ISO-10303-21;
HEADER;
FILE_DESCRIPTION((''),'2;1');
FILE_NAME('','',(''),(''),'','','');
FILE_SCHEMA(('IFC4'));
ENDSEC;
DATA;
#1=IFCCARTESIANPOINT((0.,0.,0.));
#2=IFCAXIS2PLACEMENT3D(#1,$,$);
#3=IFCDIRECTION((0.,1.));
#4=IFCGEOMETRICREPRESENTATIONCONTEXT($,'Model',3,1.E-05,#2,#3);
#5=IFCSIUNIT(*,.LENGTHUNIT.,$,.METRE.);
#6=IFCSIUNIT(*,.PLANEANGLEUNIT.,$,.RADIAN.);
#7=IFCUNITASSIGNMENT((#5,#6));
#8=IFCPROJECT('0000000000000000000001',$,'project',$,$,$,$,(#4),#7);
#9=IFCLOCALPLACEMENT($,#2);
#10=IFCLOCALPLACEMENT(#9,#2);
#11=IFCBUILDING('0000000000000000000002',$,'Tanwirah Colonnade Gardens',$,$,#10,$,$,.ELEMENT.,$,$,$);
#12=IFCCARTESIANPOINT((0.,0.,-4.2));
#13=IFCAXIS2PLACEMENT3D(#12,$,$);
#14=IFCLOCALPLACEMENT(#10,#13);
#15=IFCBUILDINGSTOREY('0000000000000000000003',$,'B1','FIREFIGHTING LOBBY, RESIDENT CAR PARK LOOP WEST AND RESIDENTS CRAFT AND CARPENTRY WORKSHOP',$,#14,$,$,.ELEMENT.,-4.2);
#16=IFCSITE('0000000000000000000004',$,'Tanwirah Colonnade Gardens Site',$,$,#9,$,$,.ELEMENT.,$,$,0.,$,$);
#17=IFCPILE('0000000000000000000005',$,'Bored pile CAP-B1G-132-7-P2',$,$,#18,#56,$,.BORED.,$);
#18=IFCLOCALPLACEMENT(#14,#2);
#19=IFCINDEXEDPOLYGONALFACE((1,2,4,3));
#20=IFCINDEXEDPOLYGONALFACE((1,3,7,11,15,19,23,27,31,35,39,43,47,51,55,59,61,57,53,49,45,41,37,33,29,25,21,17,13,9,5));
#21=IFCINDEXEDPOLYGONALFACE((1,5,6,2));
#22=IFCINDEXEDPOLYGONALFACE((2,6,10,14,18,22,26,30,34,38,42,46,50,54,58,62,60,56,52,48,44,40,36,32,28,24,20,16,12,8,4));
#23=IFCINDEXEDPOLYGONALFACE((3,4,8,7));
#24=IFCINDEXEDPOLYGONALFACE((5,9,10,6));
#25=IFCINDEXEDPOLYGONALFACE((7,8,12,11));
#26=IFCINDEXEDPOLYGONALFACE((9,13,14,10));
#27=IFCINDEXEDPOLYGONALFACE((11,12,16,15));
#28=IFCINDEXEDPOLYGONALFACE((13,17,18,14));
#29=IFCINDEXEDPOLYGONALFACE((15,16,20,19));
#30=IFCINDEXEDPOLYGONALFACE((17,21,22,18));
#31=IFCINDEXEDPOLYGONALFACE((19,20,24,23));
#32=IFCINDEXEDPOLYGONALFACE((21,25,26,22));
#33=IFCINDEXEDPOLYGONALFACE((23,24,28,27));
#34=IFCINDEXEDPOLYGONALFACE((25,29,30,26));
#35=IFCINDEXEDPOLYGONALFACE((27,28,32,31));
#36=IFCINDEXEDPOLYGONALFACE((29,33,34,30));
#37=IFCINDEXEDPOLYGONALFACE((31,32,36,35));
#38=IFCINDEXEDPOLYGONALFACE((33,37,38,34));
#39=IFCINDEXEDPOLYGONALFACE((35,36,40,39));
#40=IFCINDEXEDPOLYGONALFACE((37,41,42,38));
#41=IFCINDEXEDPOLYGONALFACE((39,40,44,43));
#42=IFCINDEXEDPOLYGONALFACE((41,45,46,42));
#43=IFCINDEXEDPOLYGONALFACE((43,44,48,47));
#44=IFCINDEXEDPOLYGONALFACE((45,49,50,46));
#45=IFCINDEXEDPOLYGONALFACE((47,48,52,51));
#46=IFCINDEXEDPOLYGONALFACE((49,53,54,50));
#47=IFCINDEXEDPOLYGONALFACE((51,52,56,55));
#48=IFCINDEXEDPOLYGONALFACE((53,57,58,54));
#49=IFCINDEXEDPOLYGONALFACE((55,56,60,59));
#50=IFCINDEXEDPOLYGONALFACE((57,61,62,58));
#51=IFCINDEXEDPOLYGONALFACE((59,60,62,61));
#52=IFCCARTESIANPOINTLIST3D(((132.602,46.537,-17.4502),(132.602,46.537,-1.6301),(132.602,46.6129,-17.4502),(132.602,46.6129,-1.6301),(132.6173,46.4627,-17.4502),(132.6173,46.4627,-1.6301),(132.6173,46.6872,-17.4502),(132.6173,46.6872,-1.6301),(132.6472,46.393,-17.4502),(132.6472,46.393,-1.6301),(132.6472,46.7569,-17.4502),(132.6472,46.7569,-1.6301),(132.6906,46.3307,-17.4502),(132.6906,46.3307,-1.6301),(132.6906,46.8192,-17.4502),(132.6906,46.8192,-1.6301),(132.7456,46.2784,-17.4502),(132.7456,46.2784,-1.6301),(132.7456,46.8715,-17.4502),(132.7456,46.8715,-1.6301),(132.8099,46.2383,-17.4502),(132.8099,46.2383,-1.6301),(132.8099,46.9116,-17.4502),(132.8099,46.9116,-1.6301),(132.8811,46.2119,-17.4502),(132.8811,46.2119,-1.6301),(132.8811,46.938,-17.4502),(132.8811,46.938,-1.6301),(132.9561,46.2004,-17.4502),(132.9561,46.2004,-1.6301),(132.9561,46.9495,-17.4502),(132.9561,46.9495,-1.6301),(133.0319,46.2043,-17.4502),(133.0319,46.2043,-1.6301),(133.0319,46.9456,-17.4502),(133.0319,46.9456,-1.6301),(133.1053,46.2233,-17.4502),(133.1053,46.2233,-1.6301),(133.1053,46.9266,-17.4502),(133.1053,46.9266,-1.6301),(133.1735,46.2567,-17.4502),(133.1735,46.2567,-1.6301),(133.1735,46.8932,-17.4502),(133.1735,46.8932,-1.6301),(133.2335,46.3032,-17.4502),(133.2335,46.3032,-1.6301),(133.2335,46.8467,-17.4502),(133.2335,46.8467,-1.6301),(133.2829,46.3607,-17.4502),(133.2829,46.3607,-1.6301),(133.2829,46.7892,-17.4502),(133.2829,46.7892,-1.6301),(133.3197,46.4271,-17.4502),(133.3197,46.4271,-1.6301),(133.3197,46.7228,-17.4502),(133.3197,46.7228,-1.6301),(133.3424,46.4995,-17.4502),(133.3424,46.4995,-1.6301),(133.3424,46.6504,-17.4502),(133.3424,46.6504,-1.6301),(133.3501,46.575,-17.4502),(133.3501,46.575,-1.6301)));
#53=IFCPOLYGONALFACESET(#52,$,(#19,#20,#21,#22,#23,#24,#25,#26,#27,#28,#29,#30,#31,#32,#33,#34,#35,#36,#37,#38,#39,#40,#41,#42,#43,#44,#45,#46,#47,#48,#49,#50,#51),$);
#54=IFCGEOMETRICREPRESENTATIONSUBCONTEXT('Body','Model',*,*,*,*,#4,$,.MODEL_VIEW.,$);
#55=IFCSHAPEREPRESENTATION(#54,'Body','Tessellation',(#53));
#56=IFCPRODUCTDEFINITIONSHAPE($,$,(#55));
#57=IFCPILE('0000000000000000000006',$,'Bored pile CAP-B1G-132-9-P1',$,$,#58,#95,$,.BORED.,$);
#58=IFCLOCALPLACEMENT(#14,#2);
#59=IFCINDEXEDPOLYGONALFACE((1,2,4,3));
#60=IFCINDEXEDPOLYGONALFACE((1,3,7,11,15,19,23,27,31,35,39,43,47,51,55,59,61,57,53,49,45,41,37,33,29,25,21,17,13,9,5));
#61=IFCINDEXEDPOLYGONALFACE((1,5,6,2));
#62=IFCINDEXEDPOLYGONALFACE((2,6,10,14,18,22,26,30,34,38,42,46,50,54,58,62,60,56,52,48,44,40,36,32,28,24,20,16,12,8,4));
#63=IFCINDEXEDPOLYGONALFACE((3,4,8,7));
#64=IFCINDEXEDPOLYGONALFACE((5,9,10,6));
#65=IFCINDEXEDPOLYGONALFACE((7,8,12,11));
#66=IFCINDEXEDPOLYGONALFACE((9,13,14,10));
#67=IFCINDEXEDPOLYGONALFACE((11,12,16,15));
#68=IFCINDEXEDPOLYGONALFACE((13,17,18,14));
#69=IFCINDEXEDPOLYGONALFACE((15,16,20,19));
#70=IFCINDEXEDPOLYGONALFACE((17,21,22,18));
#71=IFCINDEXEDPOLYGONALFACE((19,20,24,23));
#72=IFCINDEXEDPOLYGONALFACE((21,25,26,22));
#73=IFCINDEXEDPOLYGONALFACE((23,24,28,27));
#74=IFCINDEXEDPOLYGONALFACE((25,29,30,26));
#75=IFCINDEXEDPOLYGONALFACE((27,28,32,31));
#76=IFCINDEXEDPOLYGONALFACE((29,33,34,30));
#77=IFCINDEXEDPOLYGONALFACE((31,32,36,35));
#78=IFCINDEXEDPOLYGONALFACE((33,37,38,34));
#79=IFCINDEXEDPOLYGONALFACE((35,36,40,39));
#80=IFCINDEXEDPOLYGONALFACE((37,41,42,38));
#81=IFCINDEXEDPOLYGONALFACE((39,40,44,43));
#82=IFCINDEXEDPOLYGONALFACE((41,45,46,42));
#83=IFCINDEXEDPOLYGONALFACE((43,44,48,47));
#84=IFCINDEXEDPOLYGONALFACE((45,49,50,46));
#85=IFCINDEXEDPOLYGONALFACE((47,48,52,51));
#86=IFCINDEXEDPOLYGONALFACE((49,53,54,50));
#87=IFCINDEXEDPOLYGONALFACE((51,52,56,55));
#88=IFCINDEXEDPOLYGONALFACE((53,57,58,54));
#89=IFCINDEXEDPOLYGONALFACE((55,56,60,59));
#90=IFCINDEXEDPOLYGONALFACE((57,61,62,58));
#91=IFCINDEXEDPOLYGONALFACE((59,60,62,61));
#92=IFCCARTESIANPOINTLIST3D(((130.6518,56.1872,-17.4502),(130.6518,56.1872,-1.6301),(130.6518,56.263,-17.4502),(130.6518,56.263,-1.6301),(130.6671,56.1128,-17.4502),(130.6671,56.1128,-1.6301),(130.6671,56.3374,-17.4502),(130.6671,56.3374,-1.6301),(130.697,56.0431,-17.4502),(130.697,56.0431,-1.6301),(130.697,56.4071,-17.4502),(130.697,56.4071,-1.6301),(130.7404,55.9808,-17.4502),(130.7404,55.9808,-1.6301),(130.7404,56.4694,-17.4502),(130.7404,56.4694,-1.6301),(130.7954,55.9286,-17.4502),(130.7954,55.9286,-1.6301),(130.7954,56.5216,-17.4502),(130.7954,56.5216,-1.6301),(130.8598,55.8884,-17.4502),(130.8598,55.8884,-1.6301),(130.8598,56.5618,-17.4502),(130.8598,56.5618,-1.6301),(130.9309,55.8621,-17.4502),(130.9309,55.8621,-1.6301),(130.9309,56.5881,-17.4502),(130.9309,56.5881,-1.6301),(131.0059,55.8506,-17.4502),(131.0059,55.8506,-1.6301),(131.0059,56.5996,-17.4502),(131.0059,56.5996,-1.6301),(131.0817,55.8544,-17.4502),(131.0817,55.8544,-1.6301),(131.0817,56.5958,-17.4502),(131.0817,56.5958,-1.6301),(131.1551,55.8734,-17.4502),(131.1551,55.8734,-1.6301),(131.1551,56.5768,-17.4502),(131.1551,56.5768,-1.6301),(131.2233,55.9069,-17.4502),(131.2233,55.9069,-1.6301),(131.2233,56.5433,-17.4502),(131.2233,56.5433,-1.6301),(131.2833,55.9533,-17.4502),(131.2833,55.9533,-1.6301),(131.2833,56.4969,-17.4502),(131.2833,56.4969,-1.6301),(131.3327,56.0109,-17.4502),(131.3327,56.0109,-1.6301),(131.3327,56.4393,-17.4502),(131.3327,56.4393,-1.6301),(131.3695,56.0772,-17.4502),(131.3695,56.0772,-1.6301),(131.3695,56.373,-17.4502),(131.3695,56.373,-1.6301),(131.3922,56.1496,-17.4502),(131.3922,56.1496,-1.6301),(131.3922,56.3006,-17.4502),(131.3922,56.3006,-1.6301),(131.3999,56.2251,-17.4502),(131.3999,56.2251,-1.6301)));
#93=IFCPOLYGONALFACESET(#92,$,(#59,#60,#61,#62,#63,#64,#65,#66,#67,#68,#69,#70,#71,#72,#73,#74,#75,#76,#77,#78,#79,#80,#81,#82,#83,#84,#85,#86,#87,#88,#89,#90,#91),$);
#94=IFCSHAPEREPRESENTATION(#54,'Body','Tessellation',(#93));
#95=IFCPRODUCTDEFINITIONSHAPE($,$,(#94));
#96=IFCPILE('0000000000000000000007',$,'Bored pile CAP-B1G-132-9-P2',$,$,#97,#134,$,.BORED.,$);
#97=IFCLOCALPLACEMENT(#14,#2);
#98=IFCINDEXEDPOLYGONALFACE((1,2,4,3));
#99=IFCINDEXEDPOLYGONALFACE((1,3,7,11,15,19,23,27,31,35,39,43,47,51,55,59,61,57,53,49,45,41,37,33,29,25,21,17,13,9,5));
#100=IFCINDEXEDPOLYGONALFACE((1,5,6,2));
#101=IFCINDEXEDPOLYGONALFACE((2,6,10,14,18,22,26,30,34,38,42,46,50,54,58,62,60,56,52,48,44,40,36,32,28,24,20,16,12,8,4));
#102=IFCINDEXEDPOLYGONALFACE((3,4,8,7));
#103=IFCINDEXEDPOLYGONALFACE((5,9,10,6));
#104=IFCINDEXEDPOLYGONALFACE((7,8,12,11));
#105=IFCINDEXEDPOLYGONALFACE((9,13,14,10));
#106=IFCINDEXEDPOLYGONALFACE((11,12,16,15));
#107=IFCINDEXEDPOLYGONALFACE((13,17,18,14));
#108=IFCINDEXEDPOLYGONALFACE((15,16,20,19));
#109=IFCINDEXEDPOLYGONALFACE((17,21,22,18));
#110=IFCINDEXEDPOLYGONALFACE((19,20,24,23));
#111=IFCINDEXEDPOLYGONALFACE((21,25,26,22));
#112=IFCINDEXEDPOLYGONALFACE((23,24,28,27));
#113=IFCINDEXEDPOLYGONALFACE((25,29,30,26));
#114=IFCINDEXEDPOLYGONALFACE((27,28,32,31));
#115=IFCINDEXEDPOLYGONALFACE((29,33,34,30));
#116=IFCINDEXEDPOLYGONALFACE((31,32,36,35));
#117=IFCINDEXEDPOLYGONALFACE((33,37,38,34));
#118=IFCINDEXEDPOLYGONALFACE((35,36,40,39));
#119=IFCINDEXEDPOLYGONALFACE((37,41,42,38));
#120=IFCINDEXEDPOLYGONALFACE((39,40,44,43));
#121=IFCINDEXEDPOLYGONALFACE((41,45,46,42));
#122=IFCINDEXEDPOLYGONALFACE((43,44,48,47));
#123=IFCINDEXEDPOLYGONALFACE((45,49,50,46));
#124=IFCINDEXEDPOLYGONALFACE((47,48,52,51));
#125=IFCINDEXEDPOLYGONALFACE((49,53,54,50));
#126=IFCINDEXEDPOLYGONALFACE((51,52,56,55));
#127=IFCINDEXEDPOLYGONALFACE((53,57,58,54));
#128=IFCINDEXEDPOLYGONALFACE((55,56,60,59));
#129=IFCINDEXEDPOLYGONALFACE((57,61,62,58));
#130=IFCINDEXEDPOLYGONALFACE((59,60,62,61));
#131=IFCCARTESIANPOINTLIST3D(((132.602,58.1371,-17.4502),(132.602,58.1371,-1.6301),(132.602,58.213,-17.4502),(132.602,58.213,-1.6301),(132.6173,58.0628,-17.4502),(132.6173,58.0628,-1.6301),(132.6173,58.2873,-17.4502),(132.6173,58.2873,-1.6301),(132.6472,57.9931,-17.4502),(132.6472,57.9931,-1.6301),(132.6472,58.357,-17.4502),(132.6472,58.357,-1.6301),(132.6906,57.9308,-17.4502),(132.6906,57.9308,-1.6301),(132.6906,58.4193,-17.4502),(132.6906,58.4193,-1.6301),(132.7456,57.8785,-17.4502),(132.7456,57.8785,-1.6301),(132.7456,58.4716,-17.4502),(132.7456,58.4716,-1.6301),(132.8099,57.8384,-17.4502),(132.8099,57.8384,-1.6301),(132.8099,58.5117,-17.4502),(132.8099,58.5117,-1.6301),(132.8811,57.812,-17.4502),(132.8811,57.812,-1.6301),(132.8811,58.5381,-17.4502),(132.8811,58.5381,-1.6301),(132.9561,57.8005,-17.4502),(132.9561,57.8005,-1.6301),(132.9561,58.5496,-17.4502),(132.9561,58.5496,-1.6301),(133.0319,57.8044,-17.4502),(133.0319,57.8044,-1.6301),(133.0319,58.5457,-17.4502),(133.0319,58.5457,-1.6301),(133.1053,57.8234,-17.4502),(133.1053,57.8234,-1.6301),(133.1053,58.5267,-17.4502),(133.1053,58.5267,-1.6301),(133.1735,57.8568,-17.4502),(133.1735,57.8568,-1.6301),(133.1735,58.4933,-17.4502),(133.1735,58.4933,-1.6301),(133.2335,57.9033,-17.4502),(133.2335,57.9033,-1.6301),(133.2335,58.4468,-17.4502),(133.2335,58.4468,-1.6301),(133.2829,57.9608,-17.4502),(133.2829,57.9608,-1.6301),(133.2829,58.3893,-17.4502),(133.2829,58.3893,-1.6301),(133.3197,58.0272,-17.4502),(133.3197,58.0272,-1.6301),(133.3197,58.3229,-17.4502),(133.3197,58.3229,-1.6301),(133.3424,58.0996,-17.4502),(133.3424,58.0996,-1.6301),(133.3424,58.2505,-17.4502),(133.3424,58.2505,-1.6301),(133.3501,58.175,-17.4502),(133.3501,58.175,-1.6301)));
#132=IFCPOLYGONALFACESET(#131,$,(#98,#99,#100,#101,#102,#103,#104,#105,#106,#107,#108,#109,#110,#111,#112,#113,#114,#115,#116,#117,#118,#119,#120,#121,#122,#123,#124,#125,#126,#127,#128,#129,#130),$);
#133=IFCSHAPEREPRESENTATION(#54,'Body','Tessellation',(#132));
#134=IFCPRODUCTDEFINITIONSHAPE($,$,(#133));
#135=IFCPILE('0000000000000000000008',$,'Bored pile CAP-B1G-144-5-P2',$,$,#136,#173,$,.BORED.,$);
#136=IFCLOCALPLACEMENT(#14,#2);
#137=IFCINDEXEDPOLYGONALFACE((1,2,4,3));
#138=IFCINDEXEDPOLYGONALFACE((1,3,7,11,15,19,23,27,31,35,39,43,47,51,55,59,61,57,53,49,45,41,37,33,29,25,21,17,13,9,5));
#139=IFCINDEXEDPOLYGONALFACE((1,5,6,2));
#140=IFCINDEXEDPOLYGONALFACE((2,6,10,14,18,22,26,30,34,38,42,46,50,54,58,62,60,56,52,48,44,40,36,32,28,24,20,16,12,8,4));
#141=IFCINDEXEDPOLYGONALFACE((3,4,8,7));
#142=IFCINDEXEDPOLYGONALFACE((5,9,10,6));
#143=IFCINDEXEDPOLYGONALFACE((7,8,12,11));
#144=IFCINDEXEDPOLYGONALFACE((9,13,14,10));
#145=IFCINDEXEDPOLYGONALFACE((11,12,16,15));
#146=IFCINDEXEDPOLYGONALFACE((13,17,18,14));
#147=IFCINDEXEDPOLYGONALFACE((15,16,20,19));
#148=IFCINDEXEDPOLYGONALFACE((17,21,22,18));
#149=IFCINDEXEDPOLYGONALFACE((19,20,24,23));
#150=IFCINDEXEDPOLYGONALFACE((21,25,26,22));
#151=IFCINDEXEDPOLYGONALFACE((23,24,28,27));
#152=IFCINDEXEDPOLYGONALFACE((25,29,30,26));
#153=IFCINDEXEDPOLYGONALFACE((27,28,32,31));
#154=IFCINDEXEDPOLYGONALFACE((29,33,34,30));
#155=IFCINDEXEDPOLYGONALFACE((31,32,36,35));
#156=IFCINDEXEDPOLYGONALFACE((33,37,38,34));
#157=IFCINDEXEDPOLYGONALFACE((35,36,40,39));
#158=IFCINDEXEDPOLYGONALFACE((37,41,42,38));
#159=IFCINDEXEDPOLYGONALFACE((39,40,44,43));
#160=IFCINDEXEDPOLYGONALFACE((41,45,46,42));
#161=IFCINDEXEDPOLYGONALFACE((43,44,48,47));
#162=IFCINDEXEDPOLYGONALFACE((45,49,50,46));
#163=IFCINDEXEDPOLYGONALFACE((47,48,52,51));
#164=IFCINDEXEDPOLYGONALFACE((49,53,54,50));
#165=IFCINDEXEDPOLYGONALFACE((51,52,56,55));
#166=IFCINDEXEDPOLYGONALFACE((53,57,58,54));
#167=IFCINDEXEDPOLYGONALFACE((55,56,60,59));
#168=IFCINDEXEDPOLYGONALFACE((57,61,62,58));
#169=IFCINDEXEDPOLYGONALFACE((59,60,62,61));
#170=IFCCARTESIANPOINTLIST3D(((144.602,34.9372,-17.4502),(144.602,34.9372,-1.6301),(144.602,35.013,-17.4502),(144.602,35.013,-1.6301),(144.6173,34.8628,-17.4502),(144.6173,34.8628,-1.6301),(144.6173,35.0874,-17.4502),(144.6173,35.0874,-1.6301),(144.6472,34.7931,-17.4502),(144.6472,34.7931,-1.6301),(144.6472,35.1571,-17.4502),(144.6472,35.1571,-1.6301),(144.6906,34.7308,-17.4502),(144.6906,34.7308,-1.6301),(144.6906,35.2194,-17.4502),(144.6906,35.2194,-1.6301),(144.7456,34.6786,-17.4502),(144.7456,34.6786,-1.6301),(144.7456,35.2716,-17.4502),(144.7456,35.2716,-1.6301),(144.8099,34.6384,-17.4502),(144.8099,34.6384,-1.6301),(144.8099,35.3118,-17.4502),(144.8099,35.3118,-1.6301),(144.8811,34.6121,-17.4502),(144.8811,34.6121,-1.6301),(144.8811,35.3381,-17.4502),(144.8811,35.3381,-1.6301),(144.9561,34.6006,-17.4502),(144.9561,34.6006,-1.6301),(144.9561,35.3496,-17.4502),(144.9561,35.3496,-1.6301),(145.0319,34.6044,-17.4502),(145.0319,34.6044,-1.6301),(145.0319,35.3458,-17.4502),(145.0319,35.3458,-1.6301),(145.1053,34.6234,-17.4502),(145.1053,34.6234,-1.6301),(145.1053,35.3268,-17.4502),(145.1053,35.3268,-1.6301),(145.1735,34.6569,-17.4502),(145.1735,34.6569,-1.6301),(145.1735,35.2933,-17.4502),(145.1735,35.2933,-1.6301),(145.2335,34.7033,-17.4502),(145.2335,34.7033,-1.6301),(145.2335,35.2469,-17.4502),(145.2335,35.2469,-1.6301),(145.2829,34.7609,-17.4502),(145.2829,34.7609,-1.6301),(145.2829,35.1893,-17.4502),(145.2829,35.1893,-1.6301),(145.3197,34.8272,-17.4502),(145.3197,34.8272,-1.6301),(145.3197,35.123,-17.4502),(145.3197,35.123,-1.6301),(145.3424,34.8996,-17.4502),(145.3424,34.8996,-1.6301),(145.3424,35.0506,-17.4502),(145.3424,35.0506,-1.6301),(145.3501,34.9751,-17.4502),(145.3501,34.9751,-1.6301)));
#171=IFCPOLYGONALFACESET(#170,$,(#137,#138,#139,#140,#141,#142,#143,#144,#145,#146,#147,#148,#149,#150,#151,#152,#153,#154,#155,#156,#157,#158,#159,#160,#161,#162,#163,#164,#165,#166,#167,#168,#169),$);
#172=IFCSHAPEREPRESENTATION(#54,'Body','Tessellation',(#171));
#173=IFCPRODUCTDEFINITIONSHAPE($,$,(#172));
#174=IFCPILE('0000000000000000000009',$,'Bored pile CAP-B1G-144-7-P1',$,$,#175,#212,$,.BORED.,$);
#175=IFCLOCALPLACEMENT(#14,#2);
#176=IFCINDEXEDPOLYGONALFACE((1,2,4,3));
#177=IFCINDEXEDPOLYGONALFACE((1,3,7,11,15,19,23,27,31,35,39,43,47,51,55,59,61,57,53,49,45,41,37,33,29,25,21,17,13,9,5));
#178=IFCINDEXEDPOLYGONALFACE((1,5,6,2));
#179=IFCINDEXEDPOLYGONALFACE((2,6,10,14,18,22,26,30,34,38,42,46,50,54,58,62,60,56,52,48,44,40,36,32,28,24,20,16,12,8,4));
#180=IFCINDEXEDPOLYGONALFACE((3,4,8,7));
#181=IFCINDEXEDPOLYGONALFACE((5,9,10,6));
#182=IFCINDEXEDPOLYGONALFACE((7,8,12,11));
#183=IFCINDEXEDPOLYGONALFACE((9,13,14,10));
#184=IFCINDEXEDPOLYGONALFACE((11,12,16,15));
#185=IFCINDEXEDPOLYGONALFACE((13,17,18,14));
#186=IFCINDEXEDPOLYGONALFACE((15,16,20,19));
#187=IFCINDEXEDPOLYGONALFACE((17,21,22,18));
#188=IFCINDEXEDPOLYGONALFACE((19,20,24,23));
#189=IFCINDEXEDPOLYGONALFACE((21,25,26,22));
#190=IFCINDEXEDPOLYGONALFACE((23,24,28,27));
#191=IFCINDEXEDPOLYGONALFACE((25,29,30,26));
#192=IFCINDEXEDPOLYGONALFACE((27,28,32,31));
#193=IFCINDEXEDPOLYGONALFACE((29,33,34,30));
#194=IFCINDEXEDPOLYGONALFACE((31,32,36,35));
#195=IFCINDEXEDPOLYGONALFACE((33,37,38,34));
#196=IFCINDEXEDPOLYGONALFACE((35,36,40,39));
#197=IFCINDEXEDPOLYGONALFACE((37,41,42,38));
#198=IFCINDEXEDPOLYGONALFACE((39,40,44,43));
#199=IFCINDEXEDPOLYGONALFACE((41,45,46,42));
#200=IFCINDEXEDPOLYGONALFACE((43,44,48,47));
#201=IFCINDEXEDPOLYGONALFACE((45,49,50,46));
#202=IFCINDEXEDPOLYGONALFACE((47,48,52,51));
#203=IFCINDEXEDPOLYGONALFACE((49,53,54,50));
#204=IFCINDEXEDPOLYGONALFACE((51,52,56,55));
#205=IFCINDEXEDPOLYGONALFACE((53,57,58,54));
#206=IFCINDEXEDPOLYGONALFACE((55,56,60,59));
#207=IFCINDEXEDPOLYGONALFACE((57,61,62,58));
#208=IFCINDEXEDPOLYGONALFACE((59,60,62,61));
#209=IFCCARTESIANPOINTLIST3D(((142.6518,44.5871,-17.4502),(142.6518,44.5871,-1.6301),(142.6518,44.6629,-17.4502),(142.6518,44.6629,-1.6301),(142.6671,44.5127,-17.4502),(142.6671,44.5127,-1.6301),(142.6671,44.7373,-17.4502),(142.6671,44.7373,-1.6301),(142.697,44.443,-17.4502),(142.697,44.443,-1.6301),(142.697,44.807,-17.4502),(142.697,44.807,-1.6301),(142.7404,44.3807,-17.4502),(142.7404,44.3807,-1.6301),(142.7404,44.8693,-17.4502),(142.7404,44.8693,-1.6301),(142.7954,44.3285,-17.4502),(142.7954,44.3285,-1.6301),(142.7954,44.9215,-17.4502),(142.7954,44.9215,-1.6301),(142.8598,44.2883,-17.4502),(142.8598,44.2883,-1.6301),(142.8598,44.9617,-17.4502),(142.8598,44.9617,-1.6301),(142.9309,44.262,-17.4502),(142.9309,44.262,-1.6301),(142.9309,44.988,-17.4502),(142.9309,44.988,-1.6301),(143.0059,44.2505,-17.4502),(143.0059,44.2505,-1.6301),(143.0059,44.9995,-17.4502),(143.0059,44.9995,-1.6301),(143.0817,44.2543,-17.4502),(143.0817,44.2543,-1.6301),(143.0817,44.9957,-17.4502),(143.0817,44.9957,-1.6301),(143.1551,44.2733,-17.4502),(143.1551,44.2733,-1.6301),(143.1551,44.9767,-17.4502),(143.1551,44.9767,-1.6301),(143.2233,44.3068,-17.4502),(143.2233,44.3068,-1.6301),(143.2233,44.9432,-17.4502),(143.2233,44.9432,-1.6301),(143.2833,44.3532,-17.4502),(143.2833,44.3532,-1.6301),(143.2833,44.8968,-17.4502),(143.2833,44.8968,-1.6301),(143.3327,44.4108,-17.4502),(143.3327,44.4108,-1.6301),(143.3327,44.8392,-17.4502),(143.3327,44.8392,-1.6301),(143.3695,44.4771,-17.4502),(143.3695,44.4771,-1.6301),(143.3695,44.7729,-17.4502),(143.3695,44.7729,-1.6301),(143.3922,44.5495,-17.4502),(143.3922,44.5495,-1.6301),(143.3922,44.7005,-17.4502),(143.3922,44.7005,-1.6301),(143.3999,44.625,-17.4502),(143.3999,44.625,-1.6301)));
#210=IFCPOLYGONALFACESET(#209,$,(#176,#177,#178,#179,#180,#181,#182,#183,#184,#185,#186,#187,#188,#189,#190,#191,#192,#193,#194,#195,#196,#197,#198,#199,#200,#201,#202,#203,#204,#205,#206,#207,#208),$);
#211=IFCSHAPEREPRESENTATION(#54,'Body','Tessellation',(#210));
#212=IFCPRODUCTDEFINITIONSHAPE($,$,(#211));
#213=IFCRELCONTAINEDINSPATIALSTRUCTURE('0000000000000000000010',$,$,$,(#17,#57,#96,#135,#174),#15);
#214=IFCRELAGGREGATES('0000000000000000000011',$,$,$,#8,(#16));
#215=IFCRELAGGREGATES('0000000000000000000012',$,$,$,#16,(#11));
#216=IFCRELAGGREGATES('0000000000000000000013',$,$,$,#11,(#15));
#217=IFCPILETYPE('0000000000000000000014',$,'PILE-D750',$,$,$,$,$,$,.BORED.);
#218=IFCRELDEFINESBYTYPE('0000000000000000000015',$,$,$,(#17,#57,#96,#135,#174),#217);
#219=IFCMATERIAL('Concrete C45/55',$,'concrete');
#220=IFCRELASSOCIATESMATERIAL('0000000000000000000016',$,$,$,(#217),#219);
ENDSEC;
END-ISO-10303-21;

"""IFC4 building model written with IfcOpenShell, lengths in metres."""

from ifc_helpers import new_model, si_unit, direction, frame, origin, origin_2d, place, context, subcontext, project, spatial, circle, extrude, material, material_profile, profile_set, type_object, element, save


model = new_model("IFC4")

# Units and contexts
model_context = context("Model", 3, precision=1e-05, world=origin(), true_north=direction((0.0, 1.0)))
body_context = subcontext(model_context, "Body", "Model", "MODEL_VIEW")
ifc_project = project(units=[si_unit("LENGTHUNIT", "METRE"), si_unit("PLANEANGLEUNIT", "RADIAN")], contexts=[model_context])

# Site, building, storey
site_placement = place(None, origin())
site = spatial("IfcSite", under=ifc_project, at=site_placement, Name="Tanwirah Colonnade Gardens Site", CompositionType="ELEMENT", RefElevation=0.0)
building_placement = place(site_placement, origin())
building = spatial("IfcBuilding", under=site, at=building_placement, Name="Tanwirah Colonnade Gardens", CompositionType="ELEMENT")
storey_placement = place(building_placement, frame((0.0, 0.0, -4.2)))
storey = spatial("IfcBuildingStorey", under=building, at=storey_placement, Name="B1", Description="FIREFIGHTING LOBBY, RESIDENT CAR PARK LOOP WEST AND RESIDENTS CRAFT AND CARPENTRY WORKSHOP", CompositionType="ELEMENT", Elevation=-4.2)

# Shared definitions
ifc_material_1 = material(Name="Concrete C45/55", Category="concrete")

# Piles
ifc_material_profile_1 = material_profile(ifc_material_1, circle(Radius=0.375, at=origin_2d()), Name="PILE D750")
ifc_profile_set_1 = profile_set([ifc_material_profile_1], Name="Concrete C45/55")
pile_type_1 = type_object("IfcPileType", Name="PILE-D750", PredefinedType="BORED", material=ifc_profile_set_1)
for number, where, z_axis, x_axis, name in (
    (1, (132.9751, 46.575, -1.6301), (0.0, 0.0, -1.0), (1.0, 0.0, 0.0), "Bored pile CAP-B1G-132-7-P2"),
    (2, (131.0249, 56.2251, -1.6301), (0.0, 0.0, -1.0), (1.0, 0.0, 0.0), "Bored pile CAP-B1G-132-9-P1"),
    (3, (132.9751, 58.175, -1.6301), (0.0, 0.0, -1.0), (1.0, 0.0, 0.0), "Bored pile CAP-B1G-132-9-P2"),
    (4, (144.9751, 34.9751, -1.6301), (0.0, 0.0, -1.0), (1.0, 0.0, 0.0), "Bored pile CAP-B1G-144-5-P2"),
    (5, (143.0249, 44.625, -1.6301), (0.0, 0.0, -1.0), (1.0, 0.0, 0.0), "Bored pile CAP-B1G-144-7-P1"),
):
    element("IfcPile", number, at=place(storey_placement, frame(where, z_axis=z_axis, x_axis=x_axis)), inside=storey, type_object=pile_type_1, Name=name, PredefinedType="BORED", context=body_context, shape_type="SweptSolid", body=[
        extrude(circle(Radius=0.375, at=origin_2d()), origin(), (0.0, 0.0, 1.0), 15.8201),
    ])

save(model, "model.ifc")
